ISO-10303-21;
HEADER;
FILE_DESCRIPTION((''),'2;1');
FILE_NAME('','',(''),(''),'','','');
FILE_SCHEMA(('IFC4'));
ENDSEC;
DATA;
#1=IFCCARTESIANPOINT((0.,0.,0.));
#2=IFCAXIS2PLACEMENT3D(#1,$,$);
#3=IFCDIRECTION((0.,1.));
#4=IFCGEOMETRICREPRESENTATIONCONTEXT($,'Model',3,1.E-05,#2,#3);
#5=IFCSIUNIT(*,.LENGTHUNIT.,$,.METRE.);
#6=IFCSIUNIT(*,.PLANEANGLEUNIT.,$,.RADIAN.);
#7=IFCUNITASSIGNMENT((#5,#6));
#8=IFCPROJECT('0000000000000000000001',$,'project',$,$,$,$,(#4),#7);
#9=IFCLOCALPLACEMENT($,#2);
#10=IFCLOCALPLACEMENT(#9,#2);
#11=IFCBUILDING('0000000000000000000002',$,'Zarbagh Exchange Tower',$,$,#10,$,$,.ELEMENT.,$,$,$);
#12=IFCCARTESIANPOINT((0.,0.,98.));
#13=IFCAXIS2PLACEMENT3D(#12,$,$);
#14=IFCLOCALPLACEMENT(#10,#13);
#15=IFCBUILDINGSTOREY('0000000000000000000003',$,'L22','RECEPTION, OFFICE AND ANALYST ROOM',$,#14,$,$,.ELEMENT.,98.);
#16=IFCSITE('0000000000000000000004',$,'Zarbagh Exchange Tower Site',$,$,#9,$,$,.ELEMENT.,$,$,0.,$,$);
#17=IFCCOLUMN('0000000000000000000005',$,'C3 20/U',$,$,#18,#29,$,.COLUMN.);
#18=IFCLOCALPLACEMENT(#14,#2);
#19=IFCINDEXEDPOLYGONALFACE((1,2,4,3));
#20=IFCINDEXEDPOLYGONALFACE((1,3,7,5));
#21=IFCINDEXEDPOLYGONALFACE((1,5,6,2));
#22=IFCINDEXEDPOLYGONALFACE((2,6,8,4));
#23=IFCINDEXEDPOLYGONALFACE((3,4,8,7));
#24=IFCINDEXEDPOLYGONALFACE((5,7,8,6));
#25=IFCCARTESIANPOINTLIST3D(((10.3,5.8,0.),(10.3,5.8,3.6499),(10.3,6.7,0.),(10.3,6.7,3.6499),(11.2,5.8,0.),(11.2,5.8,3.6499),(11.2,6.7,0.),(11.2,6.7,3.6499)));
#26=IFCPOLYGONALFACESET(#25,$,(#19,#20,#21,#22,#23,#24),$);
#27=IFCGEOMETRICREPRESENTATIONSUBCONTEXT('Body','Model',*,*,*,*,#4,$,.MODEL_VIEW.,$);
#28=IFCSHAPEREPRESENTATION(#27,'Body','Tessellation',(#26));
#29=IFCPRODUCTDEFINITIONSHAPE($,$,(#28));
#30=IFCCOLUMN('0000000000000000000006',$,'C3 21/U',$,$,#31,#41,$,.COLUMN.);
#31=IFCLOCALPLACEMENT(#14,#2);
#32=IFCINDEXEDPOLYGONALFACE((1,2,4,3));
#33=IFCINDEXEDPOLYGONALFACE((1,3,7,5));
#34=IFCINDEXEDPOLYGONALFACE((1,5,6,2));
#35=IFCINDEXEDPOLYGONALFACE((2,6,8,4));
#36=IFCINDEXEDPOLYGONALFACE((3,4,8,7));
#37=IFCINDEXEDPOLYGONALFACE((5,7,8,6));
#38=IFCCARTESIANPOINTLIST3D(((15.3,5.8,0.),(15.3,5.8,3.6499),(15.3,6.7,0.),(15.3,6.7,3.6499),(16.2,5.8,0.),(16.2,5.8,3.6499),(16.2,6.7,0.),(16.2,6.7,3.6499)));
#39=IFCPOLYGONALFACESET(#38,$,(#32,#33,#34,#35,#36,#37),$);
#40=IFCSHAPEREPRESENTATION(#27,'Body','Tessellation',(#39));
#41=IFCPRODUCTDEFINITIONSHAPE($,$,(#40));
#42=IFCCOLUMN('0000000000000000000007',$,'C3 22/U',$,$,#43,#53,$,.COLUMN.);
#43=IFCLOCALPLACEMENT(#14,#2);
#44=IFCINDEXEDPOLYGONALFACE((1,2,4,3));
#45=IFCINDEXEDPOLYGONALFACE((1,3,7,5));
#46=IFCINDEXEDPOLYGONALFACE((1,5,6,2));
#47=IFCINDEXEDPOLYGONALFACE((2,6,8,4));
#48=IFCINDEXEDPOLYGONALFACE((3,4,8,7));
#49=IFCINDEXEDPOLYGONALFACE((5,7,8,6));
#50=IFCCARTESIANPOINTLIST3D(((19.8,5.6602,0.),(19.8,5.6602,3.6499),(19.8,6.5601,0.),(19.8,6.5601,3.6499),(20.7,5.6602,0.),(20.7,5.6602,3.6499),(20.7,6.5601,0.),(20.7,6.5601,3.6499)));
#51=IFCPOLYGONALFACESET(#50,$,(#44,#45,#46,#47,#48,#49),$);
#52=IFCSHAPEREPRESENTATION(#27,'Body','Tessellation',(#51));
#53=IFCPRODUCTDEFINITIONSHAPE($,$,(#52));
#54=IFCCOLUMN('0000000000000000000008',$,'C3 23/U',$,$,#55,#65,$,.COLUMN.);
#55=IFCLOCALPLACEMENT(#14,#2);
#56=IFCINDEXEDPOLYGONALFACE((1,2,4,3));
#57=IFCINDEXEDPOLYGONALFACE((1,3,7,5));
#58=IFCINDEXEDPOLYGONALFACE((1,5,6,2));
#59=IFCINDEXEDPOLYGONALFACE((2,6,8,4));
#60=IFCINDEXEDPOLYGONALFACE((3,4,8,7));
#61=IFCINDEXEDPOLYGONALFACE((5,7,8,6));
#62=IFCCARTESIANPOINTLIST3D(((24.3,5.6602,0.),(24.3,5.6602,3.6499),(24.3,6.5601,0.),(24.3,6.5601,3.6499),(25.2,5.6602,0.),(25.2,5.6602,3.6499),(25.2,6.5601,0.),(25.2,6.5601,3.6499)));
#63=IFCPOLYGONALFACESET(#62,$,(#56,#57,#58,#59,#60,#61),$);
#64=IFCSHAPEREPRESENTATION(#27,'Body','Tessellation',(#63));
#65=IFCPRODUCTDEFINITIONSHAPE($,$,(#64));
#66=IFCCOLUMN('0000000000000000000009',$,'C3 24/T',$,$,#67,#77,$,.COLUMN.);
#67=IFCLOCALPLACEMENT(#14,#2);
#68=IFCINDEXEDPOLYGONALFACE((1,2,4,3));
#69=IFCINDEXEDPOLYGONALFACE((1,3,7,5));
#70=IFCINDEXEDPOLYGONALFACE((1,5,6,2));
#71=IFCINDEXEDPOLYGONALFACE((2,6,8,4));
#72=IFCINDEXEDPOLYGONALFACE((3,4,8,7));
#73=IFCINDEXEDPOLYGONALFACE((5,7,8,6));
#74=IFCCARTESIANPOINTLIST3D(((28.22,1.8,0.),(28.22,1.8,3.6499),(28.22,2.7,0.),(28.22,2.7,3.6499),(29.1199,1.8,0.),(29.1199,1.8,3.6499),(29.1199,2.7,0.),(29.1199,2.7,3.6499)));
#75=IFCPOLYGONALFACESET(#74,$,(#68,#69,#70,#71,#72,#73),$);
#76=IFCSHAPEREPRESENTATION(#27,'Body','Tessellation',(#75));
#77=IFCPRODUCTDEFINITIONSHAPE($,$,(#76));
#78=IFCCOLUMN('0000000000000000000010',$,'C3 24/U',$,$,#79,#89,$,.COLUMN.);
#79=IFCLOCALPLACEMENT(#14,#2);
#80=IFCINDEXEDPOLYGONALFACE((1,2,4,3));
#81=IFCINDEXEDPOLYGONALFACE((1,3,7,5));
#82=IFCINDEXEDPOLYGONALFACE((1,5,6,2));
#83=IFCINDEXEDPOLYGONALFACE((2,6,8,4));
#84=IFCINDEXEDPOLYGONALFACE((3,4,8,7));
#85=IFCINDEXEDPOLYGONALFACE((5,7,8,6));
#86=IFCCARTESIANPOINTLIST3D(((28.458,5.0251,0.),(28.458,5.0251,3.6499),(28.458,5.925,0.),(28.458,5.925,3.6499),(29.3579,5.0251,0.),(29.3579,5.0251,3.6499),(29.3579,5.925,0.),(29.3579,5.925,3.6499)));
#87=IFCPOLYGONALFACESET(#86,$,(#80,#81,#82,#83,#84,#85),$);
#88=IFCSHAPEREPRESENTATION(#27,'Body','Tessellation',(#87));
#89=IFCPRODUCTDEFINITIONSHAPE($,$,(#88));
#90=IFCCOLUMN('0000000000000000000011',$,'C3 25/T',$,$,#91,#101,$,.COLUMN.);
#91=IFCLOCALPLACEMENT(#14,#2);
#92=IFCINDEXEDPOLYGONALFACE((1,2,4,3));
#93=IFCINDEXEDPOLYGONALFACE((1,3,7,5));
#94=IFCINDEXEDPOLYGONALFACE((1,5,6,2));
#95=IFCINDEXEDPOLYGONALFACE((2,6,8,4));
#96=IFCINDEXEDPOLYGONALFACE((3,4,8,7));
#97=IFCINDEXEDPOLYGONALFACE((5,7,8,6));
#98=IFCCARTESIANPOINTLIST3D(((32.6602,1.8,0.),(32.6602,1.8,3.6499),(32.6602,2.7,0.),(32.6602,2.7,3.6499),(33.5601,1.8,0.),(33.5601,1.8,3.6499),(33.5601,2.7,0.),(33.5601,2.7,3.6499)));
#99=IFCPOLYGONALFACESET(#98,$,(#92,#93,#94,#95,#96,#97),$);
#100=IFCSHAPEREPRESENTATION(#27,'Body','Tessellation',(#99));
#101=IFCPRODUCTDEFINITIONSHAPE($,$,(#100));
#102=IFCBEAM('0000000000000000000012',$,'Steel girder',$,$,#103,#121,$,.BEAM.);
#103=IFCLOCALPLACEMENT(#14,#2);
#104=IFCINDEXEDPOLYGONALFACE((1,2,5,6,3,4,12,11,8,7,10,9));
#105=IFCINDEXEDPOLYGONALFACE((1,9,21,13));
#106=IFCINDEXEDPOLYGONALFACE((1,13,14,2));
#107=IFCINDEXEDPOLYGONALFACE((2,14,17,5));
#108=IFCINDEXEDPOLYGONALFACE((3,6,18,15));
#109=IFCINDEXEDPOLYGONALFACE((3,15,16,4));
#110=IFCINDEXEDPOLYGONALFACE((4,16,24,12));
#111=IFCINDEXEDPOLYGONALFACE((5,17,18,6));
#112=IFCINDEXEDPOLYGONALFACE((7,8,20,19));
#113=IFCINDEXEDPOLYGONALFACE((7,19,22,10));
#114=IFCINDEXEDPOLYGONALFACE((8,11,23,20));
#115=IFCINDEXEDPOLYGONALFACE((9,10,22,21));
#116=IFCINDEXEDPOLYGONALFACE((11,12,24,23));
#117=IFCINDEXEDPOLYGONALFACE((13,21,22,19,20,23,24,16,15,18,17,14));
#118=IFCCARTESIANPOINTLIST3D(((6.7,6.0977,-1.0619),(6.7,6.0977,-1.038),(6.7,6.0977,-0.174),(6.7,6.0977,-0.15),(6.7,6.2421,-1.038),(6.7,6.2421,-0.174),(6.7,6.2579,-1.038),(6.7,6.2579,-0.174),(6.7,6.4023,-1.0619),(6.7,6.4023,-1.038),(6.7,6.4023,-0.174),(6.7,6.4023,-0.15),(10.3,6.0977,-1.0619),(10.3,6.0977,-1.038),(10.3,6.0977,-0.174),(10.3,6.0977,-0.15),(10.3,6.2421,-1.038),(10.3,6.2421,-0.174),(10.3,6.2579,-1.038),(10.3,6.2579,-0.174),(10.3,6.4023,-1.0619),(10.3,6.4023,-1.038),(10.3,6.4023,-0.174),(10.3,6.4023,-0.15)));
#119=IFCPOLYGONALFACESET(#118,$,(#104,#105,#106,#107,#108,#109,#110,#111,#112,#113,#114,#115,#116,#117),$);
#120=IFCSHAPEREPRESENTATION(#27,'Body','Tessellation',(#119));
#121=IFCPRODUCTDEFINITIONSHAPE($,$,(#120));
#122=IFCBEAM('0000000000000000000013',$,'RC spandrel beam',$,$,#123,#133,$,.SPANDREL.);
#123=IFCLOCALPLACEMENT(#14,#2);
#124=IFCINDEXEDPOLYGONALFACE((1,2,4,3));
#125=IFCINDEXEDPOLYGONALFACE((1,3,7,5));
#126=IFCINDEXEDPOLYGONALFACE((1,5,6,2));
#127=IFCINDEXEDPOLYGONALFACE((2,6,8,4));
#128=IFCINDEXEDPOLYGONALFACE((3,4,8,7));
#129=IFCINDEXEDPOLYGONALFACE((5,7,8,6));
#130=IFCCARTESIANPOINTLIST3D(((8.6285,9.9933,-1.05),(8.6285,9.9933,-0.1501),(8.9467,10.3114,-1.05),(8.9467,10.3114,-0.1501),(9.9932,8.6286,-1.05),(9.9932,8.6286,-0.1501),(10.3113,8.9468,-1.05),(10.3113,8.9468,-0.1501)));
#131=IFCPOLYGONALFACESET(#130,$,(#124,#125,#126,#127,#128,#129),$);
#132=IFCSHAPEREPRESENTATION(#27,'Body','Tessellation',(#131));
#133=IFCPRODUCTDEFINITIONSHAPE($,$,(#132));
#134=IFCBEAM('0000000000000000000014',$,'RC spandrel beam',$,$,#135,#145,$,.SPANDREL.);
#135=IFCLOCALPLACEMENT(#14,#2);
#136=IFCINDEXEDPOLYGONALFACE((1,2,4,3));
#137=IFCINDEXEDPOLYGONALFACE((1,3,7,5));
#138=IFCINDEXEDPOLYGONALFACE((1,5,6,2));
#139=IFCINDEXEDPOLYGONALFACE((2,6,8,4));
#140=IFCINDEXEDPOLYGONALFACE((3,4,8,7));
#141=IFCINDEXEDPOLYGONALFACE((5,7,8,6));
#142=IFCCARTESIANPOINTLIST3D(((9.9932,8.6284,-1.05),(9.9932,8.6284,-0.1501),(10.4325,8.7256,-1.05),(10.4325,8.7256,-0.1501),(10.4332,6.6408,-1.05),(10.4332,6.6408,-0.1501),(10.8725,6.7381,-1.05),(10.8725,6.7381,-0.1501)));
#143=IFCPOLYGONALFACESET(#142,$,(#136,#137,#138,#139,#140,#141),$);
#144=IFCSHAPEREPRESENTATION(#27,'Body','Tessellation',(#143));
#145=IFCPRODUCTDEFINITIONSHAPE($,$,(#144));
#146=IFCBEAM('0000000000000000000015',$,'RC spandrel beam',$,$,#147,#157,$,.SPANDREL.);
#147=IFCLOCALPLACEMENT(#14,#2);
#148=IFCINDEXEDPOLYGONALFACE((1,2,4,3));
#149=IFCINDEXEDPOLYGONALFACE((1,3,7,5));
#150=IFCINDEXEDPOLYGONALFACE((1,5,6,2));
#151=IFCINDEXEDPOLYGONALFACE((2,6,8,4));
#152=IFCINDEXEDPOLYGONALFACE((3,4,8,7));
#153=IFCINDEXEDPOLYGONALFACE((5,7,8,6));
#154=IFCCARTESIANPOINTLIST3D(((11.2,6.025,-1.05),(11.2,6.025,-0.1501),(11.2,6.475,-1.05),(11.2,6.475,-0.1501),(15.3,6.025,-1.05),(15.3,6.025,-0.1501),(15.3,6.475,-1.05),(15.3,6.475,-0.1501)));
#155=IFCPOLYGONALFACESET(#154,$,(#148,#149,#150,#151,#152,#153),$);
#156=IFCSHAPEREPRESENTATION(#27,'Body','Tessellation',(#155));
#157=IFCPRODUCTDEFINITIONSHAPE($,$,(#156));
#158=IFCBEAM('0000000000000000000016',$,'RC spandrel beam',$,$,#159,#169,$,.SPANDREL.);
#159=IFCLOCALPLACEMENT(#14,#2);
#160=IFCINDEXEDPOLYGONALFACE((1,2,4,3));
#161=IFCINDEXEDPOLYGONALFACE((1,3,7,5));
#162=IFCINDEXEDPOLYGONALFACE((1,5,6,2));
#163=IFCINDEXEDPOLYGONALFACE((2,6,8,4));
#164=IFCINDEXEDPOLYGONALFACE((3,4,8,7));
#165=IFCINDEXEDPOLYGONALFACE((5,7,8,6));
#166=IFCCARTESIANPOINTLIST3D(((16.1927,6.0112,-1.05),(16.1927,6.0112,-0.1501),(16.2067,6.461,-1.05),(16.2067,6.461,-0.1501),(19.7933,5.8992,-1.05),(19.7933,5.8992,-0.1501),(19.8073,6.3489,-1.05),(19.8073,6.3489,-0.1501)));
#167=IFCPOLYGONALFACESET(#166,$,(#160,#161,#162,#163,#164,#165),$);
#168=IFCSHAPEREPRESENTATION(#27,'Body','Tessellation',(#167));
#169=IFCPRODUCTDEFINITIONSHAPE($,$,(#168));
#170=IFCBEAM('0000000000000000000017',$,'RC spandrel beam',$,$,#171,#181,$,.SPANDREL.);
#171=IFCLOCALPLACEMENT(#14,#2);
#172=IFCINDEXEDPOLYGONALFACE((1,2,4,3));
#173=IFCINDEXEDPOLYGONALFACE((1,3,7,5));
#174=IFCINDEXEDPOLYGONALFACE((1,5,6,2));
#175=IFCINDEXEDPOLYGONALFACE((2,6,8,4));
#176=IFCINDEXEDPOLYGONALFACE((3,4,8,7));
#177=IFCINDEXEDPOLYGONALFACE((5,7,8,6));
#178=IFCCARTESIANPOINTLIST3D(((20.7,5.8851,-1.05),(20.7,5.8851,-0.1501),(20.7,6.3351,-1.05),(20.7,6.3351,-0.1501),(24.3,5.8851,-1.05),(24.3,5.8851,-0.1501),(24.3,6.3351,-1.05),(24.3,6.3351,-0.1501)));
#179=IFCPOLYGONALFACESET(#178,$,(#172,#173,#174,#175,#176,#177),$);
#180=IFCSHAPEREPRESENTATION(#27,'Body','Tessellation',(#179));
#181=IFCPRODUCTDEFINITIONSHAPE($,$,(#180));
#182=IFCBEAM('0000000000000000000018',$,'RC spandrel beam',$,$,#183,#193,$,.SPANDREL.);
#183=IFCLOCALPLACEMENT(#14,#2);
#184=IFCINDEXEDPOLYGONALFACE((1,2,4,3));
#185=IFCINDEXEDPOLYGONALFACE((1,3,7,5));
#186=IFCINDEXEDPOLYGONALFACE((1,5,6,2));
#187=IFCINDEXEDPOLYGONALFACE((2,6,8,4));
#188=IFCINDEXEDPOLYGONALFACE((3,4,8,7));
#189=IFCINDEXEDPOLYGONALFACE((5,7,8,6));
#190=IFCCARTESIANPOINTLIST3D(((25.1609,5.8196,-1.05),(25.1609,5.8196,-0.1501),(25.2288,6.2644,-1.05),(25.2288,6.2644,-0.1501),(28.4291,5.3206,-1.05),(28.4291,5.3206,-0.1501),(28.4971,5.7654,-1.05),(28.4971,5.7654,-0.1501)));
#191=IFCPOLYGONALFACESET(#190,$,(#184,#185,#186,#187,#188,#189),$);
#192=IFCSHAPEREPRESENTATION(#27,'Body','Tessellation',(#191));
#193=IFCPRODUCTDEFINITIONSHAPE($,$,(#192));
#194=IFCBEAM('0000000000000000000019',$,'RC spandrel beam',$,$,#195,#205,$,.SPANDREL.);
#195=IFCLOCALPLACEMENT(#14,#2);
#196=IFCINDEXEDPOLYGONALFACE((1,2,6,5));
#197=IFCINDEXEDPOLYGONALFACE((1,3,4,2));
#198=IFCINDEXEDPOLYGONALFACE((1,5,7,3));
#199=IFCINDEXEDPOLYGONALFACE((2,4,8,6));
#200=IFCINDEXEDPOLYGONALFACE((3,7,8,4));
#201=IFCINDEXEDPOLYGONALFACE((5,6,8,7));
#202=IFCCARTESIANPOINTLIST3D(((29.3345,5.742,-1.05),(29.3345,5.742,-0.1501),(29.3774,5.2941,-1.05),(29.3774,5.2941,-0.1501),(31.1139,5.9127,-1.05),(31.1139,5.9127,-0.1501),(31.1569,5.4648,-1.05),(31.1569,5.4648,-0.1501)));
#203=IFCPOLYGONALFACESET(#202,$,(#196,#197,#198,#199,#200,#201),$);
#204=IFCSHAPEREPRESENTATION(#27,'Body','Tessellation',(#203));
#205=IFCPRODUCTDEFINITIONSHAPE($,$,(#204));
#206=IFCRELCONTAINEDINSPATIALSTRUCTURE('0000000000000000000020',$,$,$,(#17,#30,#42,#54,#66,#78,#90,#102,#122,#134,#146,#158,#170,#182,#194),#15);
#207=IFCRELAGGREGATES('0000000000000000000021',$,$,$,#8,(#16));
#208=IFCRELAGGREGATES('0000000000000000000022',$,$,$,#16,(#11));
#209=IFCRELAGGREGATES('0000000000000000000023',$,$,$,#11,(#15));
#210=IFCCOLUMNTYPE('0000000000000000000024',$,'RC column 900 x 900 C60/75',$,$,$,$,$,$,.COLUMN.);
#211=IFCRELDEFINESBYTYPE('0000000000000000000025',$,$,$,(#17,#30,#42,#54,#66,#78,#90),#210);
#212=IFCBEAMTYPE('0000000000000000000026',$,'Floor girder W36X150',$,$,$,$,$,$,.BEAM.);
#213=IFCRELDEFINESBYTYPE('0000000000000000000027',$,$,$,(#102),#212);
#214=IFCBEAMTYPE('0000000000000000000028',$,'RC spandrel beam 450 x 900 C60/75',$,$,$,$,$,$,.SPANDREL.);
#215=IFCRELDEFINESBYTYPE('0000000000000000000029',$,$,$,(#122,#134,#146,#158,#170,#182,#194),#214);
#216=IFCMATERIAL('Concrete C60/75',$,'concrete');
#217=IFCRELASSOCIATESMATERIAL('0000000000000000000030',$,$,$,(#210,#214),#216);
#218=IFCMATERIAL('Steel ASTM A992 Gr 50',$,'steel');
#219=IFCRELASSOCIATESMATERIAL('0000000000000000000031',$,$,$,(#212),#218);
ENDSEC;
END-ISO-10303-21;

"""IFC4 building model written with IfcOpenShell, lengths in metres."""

from ifc_helpers import new_model, si_unit, direction, frame, origin, origin_2d, place, context, subcontext, project, spatial, rectangle, i_section, extrude, material, material_profile, profile_set, type_object, element, save


model = new_model("IFC4")

# Units and contexts
model_context = context("Model", 3, precision=1e-05, world=origin(), true_north=direction((0.0, 1.0)))
body_context = subcontext(model_context, "Body", "Model", "MODEL_VIEW")
ifc_project = project(units=[si_unit("LENGTHUNIT", "METRE"), si_unit("PLANEANGLEUNIT", "RADIAN")], contexts=[model_context])

# Site, building, storey
site_placement = place(None, origin())
site = spatial("IfcSite", under=ifc_project, at=site_placement, Name="Zarbagh Exchange Tower Site", CompositionType="ELEMENT", RefElevation=0.0)
building_placement = place(site_placement, origin())
building = spatial("IfcBuilding", under=site, at=building_placement, Name="Zarbagh Exchange Tower", CompositionType="ELEMENT")
storey_placement = place(building_placement, frame((0.0, 0.0, 98.0)))
storey = spatial("IfcBuildingStorey", under=building, at=storey_placement, Name="L22", Description="RECEPTION, OFFICE AND ANALYST ROOM", CompositionType="ELEMENT", Elevation=98.0)

# Columns
ifc_material_1 = material(Name="Concrete C60/75", Category="concrete")
ifc_material_profile_1 = material_profile(ifc_material_1, rectangle(XDim=0.8999, YDim=0.8999, at=origin_2d()), Name="RC column 900 x 900 C60/75")
ifc_profile_set_1 = profile_set([ifc_material_profile_1], Name="Concrete C60/75")
column_type = type_object("IfcColumnType", Name="RC column 900 x 900 C60/75", PredefinedType="COLUMN", material=ifc_profile_set_1)
for number, where, z_axis, x_axis, name in (
    (1, (10.75, 6.25, 0.0), (0.0, 0.0, 1.0), (1.0, 0.0, 0.0), "C3 20/U"),
    (2, (15.75, 6.25, 0.0), (0.0, 0.0, 1.0), (1.0, 0.0, 0.0), "C3 21/U"),
    (3, (20.25, 6.1101, 0.0), (0.0, 0.0, 1.0), (1.0, 0.0, 0.0), "C3 22/U"),
    (4, (24.75, 6.1101, 0.0), (0.0, 0.0, 1.0), (1.0, 0.0, 0.0), "C3 23/U"),
    (5, (28.6699, 2.25, 0.0), (0.0, 0.0, 1.0), (1.0, 0.0, 0.0), "C3 24/T"),
    (6, (28.908, 5.4751, 0.0), (0.0, 0.0, 1.0), (1.0, 0.0, 0.0), "C3 24/U"),
    (7, (33.1101, 2.25, 0.0), (0.0, 0.0, 1.0), (1.0, 0.0, 0.0), "C3 25/T"),
):
    element("IfcColumn", number, at=place(storey_placement, frame(where, z_axis=z_axis, x_axis=x_axis)), inside=storey, type_object=column_type, Name=name, PredefinedType="COLUMN", context=body_context, shape_type="SweptSolid", body=[
        extrude(rectangle(XDim=0.8999, YDim=0.8999, at=origin_2d()), origin(), (0.0, 0.0, 1.0), 3.6499),
    ])

# Beams
ifc_material_2 = material(Name="Steel ASTM A992 Gr 50", Category="steel")
ifc_material_profile_2 = material_profile(ifc_material_2, i_section(OverallWidth=0.3047, OverallDepth=0.9119, WebThickness=0.0159, FlangeThickness=0.0239, at=origin_2d()), Name="W36X150")
ifc_profile_set_2 = profile_set([ifc_material_profile_2], Name="Steel ASTM A992 Gr 50")
beam_type_1 = type_object("IfcBeamType", Name="Floor girder W36X150", PredefinedType="BEAM", material=ifc_profile_set_2)
beam_1_placement = place(storey_placement, frame((6.7, 6.25, -0.606), z_axis=(1.0, 0.0, 0.0), x_axis=(0.0, 1.0, 0.0)))
element("IfcBeam", 8, at=beam_1_placement, inside=storey, type_object=beam_type_1, Name="Steel girder", PredefinedType="BEAM", context=body_context, shape_type="SweptSolid", body=[
    extrude(i_section(OverallWidth=0.3047, OverallDepth=0.9119, WebThickness=0.0159, FlangeThickness=0.0239, at=origin_2d()), origin(), (0.0, 0.0, 1.0), 3.6001),
])
ifc_material_profile_3 = material_profile(ifc_material_1, rectangle(XDim=0.45, YDim=0.8999, at=origin_2d()), Name="RC spandrel beam 450 x 900 C60/75")
ifc_profile_set_3 = profile_set([ifc_material_profile_3], Name="Concrete C60/75")
beam_type_2 = type_object("IfcBeamType", Name="RC spandrel beam 450 x 900 C60/75", PredefinedType="SPANDREL", material=ifc_profile_set_3)
beam_2_placement = place(storey_placement, frame((8.7876, 10.1523, -0.6001), z_axis=(0.707107, -0.707107, 0.0), x_axis=(0.707107, 0.707107, 0.0)))
element("IfcBeam", 9, at=beam_2_placement, inside=storey, type_object=beam_type_2, Name="RC spandrel beam", PredefinedType="SPANDREL", context=body_context, shape_type="SweptSolid", body=[
    extrude(rectangle(XDim=0.45, YDim=0.8999, at=origin_2d()), origin(), (0.0, 0.0, 1.0), 1.9299),
])
beam_3_placement = place(storey_placement, frame((10.2129, 8.677, -0.6001), z_axis=(0.216118, -0.976367, 0.0), x_axis=(0.976367, 0.216118, 0.0)))
element("IfcBeam", 10, at=beam_3_placement, inside=storey, type_object=beam_type_2, Name="RC spandrel beam", PredefinedType="SPANDREL", context=body_context, shape_type="SweptSolid", body=[
    extrude(rectangle(XDim=0.45, YDim=0.8999, at=origin_2d()), origin(), (0.0, 0.0, 1.0), 2.0356),
])
beam_4_placement = place(storey_placement, frame((11.2, 6.25, -0.6001), z_axis=(1.0, 0.0, 0.0), x_axis=(0.0, 1.0, 0.0)))
element("IfcBeam", 11, at=beam_4_placement, inside=storey, type_object=beam_type_2, Name="RC spandrel beam", PredefinedType="SPANDREL", context=body_context, shape_type="SweptSolid", body=[
    extrude(rectangle(XDim=0.45, YDim=0.8999, at=origin_2d()), origin(), (0.0, 0.0, 1.0), 4.1001),
])
beam_5_placement = place(storey_placement, frame((16.1997, 6.2361, -0.6001), z_axis=(0.999516, -0.031108, 0.0), x_axis=(0.031108, 0.999516, 0.0)))
element("IfcBeam", 12, at=beam_5_placement, inside=storey, type_object=beam_type_2, Name="RC spandrel beam", PredefinedType="SPANDREL", context=body_context, shape_type="SweptSolid", body=[
    extrude(rectangle(XDim=0.45, YDim=0.8999, at=origin_2d()), origin(), (0.0, 0.0, 1.0), 3.6023),
])
beam_6_placement = place(storey_placement, frame((20.7, 6.1101, -0.6001), z_axis=(1.0, 0.0, 0.0), x_axis=(0.0, 1.0, 0.0)))
element("IfcBeam", 13, at=beam_6_placement, inside=storey, type_object=beam_type_2, Name="RC spandrel beam", PredefinedType="SPANDREL", context=body_context, shape_type="SweptSolid", body=[
    extrude(rectangle(XDim=0.45, YDim=0.8999, at=origin_2d()), origin(), (0.0, 0.0, 1.0), 3.6001),
])
beam_7_placement = place(storey_placement, frame((25.1948, 6.042, -0.6001), z_axis=(0.988544, -0.150936, 0.0), x_axis=(0.150936, 0.988544, 0.0)))
element("IfcBeam", 14, at=beam_7_placement, inside=storey, type_object=beam_type_2, Name="RC spandrel beam", PredefinedType="SPANDREL", context=body_context, shape_type="SweptSolid", body=[
    extrude(rectangle(XDim=0.45, YDim=0.8999, at=origin_2d()), origin(), (0.0, 0.0, 1.0), 3.3062),
])
beam_8_placement = place(storey_placement, frame((29.356, 5.5181, -0.6001), z_axis=(0.995433, 0.09546, 0.0), x_axis=(-0.09546, 0.995433, 0.0)))
element("IfcBeam", 15, at=beam_8_placement, inside=storey, type_object=beam_type_2, Name="RC spandrel beam", PredefinedType="SPANDREL", context=body_context, shape_type="SweptSolid", body=[
    extrude(rectangle(XDim=0.45, YDim=0.8999, at=origin_2d()), origin(), (0.0, 0.0, 1.0), 1.7876),
])

save(model, "model.ifc")
